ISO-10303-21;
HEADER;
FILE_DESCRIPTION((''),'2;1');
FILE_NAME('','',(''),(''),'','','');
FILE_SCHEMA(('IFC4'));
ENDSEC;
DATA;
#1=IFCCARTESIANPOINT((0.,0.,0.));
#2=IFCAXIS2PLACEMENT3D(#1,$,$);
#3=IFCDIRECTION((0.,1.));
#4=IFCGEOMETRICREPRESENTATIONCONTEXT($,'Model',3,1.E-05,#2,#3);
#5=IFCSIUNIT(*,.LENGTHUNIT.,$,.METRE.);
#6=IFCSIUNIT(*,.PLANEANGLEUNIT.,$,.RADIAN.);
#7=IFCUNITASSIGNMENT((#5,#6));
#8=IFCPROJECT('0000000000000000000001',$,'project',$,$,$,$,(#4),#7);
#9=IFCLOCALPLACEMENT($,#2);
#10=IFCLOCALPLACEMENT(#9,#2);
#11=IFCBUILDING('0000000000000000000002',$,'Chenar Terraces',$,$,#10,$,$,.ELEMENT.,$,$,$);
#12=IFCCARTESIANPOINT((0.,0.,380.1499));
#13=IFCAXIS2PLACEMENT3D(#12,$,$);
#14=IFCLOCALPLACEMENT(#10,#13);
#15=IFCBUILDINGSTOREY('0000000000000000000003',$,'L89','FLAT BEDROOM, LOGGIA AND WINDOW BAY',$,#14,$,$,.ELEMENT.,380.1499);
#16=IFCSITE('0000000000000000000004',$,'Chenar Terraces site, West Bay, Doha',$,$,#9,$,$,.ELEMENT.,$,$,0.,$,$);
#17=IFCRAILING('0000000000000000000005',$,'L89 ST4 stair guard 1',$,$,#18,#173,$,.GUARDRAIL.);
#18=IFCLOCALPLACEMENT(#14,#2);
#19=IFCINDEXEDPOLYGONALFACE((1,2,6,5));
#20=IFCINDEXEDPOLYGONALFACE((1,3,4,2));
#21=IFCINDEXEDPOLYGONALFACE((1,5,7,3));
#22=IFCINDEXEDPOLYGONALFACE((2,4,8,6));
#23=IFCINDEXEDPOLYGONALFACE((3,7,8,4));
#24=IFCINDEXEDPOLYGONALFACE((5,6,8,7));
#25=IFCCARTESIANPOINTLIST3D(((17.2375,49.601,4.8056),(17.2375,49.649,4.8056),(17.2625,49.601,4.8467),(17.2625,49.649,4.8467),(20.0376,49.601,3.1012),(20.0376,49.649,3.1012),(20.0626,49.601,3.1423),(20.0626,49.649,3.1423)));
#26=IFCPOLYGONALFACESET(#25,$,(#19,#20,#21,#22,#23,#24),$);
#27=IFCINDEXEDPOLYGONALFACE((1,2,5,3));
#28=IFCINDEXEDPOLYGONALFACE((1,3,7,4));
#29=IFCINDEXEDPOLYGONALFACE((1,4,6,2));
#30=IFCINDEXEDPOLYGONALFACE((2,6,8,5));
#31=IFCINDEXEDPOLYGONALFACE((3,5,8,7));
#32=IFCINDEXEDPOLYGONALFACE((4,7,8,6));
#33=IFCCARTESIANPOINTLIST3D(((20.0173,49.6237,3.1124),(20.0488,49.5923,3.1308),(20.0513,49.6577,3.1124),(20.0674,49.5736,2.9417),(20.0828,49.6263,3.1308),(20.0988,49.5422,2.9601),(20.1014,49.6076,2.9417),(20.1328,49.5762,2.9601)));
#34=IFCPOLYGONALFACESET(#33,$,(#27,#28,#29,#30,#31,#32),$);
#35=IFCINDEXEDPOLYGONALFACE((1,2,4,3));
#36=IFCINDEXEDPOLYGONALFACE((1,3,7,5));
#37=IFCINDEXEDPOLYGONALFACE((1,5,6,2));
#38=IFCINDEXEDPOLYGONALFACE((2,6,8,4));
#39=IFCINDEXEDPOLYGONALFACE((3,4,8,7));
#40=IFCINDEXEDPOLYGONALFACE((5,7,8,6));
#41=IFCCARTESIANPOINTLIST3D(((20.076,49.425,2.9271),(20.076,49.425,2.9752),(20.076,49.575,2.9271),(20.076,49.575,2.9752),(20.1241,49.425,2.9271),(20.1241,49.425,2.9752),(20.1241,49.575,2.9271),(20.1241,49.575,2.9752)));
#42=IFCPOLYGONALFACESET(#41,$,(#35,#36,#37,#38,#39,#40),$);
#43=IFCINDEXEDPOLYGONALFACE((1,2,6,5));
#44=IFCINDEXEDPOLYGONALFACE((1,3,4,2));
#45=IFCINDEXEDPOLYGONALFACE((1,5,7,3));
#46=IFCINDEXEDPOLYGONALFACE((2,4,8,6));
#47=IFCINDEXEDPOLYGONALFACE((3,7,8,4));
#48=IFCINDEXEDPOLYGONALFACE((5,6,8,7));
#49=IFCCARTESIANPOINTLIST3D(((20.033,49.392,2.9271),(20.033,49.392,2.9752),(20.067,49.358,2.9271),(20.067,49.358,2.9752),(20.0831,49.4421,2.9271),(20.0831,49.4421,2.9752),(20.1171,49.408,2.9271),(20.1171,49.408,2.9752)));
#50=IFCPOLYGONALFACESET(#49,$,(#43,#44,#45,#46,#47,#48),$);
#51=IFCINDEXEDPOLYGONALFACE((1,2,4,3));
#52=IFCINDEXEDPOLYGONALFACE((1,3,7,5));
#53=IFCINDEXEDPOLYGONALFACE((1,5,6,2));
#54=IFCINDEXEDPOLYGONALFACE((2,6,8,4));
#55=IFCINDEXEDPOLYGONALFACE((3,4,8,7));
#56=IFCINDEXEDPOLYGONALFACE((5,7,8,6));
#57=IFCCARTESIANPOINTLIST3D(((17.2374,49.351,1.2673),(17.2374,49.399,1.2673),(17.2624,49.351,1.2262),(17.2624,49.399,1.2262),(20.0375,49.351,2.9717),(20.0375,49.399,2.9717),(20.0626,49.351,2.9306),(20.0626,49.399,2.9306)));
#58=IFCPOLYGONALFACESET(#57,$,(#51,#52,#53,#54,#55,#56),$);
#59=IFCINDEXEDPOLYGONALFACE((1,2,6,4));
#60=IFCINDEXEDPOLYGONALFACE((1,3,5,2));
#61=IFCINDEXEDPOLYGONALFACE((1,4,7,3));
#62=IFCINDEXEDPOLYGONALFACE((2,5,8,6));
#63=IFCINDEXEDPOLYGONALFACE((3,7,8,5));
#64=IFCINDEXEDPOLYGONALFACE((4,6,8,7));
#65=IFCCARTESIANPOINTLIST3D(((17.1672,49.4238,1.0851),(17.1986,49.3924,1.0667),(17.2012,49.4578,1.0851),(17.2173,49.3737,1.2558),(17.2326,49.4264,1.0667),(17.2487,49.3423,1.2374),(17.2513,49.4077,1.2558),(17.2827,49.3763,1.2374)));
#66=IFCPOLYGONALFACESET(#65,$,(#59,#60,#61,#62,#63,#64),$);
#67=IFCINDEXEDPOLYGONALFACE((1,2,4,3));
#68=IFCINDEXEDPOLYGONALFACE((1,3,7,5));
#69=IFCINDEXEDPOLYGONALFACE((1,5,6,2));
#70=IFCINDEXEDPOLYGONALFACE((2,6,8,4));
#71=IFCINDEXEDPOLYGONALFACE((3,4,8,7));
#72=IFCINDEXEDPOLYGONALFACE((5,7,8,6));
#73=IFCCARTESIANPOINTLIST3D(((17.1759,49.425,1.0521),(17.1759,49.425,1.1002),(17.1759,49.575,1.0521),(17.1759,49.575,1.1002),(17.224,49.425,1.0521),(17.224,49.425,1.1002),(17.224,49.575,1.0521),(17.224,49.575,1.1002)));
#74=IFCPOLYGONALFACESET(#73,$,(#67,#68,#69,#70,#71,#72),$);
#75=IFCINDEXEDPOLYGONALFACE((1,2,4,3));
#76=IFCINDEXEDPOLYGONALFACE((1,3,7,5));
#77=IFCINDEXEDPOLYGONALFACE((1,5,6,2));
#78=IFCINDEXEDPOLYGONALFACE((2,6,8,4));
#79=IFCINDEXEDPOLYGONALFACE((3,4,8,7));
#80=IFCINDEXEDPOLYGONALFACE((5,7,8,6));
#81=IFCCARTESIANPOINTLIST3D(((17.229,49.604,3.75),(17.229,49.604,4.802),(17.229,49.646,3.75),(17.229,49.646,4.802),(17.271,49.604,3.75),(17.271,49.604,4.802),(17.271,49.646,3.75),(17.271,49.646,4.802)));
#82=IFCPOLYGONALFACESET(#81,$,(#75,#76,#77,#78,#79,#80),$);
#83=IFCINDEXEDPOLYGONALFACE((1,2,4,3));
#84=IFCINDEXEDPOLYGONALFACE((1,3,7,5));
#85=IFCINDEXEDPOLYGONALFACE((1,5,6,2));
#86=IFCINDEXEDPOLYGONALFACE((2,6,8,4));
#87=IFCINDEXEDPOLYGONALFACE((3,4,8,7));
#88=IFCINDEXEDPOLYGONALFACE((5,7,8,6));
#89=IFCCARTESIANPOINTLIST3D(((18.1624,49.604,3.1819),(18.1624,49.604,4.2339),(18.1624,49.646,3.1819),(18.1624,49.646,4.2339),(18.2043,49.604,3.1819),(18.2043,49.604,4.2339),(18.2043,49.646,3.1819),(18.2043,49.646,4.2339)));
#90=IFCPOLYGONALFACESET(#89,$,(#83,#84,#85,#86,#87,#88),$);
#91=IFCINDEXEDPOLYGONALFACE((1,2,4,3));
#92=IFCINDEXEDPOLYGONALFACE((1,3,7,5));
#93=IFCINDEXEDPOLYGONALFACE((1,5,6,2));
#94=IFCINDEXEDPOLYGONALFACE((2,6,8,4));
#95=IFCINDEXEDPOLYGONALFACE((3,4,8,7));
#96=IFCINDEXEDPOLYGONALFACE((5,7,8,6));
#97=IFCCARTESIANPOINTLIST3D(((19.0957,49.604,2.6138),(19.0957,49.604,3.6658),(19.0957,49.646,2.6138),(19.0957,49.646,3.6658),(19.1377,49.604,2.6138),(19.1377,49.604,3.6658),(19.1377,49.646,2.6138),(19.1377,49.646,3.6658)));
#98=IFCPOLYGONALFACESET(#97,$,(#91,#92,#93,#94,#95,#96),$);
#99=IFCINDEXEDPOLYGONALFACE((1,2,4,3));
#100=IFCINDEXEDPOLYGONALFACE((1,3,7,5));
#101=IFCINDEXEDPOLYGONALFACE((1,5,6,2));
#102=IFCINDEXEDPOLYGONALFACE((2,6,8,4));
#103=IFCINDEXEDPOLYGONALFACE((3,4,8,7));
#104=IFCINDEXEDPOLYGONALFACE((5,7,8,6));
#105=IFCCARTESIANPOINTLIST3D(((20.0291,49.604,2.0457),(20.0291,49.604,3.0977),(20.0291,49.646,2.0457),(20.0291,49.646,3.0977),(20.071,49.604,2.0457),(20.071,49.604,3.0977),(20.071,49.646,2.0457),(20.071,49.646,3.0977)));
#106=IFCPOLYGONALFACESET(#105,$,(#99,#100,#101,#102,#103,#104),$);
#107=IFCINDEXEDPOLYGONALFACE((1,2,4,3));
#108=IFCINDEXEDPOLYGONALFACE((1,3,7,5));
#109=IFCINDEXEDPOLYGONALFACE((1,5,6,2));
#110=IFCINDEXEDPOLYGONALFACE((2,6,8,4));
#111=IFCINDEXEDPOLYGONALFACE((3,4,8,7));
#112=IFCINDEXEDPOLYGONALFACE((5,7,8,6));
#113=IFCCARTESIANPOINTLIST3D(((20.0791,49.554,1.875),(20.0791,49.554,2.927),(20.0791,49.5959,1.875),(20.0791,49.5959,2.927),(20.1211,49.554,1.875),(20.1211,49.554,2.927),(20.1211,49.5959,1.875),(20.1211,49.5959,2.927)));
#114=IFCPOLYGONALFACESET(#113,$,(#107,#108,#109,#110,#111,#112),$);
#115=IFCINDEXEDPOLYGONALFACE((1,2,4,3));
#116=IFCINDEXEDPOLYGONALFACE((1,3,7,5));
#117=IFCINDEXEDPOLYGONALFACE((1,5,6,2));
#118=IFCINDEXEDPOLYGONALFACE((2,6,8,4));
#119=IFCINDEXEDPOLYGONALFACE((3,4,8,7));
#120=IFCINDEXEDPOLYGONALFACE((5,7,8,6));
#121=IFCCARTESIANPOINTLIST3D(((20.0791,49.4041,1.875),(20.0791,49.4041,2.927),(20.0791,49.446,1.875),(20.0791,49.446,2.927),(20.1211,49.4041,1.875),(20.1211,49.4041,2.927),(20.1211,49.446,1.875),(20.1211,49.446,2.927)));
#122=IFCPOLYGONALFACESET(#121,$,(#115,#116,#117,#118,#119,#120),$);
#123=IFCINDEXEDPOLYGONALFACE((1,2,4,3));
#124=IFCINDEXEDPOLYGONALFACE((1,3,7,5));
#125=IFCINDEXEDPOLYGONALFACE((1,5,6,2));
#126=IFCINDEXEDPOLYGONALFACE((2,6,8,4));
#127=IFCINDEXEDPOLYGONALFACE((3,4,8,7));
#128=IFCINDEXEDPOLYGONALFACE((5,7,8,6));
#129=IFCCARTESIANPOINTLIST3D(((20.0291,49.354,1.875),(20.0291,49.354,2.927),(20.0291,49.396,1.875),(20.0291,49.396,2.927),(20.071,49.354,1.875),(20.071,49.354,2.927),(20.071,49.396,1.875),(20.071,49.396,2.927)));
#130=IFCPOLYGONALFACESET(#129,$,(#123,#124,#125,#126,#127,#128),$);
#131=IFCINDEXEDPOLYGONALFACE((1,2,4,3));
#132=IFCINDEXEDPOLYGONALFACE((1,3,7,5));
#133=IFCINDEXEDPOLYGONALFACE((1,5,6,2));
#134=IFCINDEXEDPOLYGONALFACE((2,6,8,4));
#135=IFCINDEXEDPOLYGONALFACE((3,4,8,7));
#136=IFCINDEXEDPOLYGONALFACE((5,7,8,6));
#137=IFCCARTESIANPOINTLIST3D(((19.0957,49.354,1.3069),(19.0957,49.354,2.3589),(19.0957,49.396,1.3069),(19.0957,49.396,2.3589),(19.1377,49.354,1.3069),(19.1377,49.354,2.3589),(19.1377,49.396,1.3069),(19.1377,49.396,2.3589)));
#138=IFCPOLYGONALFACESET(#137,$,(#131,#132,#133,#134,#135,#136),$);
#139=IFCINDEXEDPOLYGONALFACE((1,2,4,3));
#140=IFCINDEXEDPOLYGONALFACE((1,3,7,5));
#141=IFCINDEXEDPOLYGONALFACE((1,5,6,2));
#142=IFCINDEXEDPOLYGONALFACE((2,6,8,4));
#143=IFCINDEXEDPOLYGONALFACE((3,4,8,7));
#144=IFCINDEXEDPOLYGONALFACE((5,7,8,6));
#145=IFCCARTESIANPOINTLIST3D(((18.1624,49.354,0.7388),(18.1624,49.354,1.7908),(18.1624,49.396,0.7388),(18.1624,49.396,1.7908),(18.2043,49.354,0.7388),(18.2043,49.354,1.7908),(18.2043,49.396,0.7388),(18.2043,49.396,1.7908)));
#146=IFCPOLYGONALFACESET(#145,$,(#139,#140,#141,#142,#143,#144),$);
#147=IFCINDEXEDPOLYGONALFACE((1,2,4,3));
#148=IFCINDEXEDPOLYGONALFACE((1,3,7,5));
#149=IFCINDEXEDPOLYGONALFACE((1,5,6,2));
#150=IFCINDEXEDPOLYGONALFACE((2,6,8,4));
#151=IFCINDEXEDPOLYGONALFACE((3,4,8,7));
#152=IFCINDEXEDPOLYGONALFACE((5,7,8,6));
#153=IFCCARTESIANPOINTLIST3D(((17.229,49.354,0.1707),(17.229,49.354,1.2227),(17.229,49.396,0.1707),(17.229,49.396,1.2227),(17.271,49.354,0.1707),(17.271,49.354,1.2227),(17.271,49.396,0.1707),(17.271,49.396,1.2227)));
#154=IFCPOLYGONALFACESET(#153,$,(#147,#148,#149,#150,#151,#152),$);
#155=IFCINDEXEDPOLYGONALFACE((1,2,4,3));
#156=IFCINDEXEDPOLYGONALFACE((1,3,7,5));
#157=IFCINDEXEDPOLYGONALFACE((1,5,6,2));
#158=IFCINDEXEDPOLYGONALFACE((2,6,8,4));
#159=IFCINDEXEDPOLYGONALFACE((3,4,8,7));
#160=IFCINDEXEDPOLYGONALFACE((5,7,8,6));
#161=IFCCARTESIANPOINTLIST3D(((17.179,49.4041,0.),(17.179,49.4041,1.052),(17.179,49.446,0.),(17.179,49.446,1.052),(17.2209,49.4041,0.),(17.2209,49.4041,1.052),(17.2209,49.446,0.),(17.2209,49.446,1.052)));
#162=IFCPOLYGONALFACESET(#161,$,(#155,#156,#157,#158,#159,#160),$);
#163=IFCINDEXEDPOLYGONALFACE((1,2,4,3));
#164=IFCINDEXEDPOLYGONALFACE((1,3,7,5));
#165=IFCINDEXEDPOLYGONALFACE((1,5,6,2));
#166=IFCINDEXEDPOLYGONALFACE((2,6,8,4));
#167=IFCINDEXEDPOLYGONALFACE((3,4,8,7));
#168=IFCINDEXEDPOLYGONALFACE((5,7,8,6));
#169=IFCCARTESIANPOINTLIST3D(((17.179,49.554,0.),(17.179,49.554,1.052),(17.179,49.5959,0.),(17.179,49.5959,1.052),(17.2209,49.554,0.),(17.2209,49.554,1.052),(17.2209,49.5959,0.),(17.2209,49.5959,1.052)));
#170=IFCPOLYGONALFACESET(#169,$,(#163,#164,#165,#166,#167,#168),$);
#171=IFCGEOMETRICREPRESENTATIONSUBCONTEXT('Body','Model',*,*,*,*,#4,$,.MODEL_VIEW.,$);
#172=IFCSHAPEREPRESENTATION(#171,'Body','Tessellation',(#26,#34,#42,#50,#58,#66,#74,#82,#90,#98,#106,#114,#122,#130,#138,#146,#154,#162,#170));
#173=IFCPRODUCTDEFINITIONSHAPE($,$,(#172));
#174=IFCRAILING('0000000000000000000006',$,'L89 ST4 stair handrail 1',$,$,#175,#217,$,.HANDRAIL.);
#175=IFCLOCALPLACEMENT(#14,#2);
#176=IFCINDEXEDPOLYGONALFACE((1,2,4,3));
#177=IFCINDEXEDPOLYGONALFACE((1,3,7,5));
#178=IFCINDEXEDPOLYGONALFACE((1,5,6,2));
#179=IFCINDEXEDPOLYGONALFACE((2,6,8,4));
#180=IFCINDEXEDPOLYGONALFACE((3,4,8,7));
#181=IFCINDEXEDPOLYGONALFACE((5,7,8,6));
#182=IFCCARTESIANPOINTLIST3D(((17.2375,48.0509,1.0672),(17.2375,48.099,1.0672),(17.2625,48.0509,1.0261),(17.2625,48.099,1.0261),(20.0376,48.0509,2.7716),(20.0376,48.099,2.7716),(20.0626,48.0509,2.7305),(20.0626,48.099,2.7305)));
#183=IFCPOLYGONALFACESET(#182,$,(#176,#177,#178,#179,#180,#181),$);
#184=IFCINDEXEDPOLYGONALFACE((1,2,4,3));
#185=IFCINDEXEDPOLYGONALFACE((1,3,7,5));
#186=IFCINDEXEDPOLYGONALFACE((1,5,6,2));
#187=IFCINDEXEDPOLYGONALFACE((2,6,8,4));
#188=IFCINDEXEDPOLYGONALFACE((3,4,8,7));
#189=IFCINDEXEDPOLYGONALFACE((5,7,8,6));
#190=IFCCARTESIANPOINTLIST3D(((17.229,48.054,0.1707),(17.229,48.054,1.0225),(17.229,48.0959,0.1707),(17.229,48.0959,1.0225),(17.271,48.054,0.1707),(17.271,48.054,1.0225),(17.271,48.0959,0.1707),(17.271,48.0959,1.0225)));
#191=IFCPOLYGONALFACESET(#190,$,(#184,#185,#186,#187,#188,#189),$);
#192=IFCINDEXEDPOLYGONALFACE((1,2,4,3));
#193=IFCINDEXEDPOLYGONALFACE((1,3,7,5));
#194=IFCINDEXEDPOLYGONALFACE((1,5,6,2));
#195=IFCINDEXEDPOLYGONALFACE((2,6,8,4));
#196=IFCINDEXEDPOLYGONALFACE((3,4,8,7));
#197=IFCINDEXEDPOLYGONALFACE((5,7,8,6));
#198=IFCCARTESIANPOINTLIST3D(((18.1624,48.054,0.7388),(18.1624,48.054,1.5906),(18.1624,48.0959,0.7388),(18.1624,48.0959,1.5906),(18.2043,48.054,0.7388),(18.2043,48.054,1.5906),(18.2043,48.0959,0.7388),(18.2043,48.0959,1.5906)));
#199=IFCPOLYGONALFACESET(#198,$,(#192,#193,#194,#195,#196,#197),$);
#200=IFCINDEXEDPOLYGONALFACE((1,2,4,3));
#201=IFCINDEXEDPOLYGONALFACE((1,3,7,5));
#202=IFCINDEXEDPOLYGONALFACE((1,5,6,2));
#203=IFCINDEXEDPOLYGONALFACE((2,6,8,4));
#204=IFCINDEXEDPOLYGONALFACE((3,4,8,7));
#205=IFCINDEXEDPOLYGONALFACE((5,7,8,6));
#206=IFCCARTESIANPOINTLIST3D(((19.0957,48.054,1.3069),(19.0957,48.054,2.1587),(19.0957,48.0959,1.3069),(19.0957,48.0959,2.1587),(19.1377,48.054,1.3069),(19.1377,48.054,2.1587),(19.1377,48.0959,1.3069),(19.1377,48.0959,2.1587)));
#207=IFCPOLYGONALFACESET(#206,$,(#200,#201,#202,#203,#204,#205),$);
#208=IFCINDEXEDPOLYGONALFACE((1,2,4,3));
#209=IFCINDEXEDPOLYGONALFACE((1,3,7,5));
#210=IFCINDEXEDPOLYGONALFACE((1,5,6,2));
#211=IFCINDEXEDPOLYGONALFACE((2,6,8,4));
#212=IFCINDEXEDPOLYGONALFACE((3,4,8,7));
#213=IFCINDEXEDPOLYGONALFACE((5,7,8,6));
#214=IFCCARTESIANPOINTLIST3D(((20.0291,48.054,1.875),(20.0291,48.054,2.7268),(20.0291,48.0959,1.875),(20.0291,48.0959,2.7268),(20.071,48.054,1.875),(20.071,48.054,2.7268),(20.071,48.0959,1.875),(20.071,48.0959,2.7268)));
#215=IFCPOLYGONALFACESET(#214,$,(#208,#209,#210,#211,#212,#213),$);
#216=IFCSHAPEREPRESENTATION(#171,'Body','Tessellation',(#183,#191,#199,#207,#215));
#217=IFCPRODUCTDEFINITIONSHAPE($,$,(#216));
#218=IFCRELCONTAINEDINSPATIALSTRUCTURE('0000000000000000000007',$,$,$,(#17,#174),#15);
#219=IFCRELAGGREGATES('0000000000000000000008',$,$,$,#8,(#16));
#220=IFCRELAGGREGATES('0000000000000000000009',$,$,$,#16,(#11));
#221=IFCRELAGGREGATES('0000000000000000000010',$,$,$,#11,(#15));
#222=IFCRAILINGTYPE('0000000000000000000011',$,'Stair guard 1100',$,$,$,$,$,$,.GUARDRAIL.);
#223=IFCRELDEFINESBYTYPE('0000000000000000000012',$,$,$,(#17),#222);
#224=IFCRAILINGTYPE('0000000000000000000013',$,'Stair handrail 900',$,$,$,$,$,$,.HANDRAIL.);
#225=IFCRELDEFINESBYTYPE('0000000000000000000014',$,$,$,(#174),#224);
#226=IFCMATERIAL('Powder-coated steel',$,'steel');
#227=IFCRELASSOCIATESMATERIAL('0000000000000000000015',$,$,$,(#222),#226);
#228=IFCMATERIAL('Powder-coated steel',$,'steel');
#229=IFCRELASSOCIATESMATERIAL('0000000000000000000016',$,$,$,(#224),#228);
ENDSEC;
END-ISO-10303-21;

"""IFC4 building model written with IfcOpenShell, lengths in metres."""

from ifc_helpers import new_model, si_unit, direction, frame, origin, origin_2d, place, context, subcontext, project, spatial, rectangle, extrude, material, type_object, element, save


model = new_model("IFC4")

# Units and contexts
model_context = context("Model", 3, precision=1e-05, world=origin(), true_north=direction((0.0, 1.0)))
body_context = subcontext(model_context, "Body", "Model", "MODEL_VIEW")
ifc_project = project(units=[si_unit("LENGTHUNIT", "METRE"), si_unit("PLANEANGLEUNIT", "RADIAN")], contexts=[model_context])

# Site, building, storey
site_placement = place(None, origin())
site = spatial("IfcSite", under=ifc_project, at=site_placement, Name="Chenar Terraces site, West Bay, Doha", CompositionType="ELEMENT", RefElevation=0.0)
building_placement = place(site_placement, origin())
building = spatial("IfcBuilding", under=site, at=building_placement, Name="Chenar Terraces", CompositionType="ELEMENT")
storey_placement = place(building_placement, frame((0.0, 0.0, 380.1499)))
storey = spatial("IfcBuildingStorey", under=building, at=storey_placement, Name="L89", Description="FLAT BEDROOM, LOGGIA AND WINDOW BAY", CompositionType="ELEMENT", Elevation=380.1499)

# Railings
ifc_material_1 = material(Name="Powder-coated steel", Category="steel")
railing_type_1 = type_object("IfcRailingType", Name="Stair guard 1100", PredefinedType="GUARDRAIL", material=ifc_material_1)
railing_1_placement = place(storey_placement, frame((17.25, 49.625, 3.75)))
element("IfcRailing", 1, at=railing_1_placement, inside=storey, type_object=railing_type_1, Name="L89 ST4 stair guard 1", PredefinedType="GUARDRAIL", context=body_context, shape_type="SweptSolid", body=[
    extrude(rectangle(XDim=0.0481, YDim=0.0481, at=origin_2d()), frame((0.0, 0.0, 1.0762), z_axis=(0.854203, 0.0, -0.51994), x_axis=(0.0, 1.0, 0.0)), (0.0, 0.0, 1.0), 3.2781),
    extrude(rectangle(XDim=0.0481, YDim=0.0481, at=origin_2d()), frame((2.8, 0.0, -0.6284), z_axis=(0.2709, -0.2709, -0.923703), x_axis=(0.707107, 0.707107, 0.0)), (0.0, 0.0, 1.0), 0.1848),
    extrude(rectangle(XDim=0.0481, YDim=0.0481, at=origin_2d()), frame((2.8501, -0.05, -0.7988), z_axis=(0.0, -1.0, 0.0), x_axis=(1.0, 0.0, 0.0)), (0.0, 0.0, 1.0), 0.1499),
    extrude(rectangle(XDim=0.0481, YDim=0.0481, at=origin_2d()), frame((2.8501, -0.2, -0.7988), z_axis=(-0.707107, -0.707107, 0.0), x_axis=(0.707107, -0.707107, 0.0)), (0.0, 0.0, 1.0), 0.0708),
    extrude(rectangle(XDim=0.0481, YDim=0.0481, at=origin_2d()), frame((2.8, -0.25, -0.7988), z_axis=(-0.854203, 0.0, -0.51994), x_axis=(0.0, -1.0, 0.0)), (0.0, 0.0, 1.0), 3.2781),
    extrude(rectangle(XDim=0.0481, YDim=0.0481, at=origin_2d()), frame((0.0, -0.25, -2.5034), z_axis=(-0.2709, 0.2709, -0.923703), x_axis=(-0.707107, -0.707107, 0.0)), (0.0, 0.0, 1.0), 0.1848),
    extrude(rectangle(XDim=0.0481, YDim=0.0481, at=origin_2d()), frame((-0.05, -0.2, -2.6738), z_axis=(0.0, 1.0, 0.0), x_axis=(-1.0, 0.0, 0.0)), (0.0, 0.0, 1.0), 0.1499),
    extrude(rectangle(XDim=0.042, YDim=0.042, at=origin_2d()), origin(), (0.0, 0.0, 1.0), 1.052),
    extrude(rectangle(XDim=0.042, YDim=0.042, at=origin_2d()), frame((0.9333, 0.0, -0.5681)), (0.0, 0.0, 1.0), 1.052),
    extrude(rectangle(XDim=0.042, YDim=0.042, at=origin_2d()), frame((1.8667, 0.0, -1.1362)), (0.0, 0.0, 1.0), 1.052),
    extrude(rectangle(XDim=0.042, YDim=0.042, at=origin_2d()), frame((2.8, 0.0, -1.7043)), (0.0, 0.0, 1.0), 1.052),
    extrude(rectangle(XDim=0.042, YDim=0.042, at=origin_2d()), frame((2.8501, -0.05, -1.875)), (0.0, 0.0, 1.0), 1.052),
    extrude(rectangle(XDim=0.042, YDim=0.042, at=origin_2d()), frame((2.8501, -0.2, -1.875)), (0.0, 0.0, 1.0), 1.052),
    extrude(rectangle(XDim=0.042, YDim=0.042, at=origin_2d()), frame((2.8, -0.25, -1.875)), (0.0, 0.0, 1.0), 1.052),
    extrude(rectangle(XDim=0.042, YDim=0.042, at=origin_2d()), frame((1.8667, -0.25, -2.4431)), (0.0, 0.0, 1.0), 1.052),
    extrude(rectangle(XDim=0.042, YDim=0.042, at=origin_2d()), frame((0.9333, -0.25, -3.0112)), (0.0, 0.0, 1.0), 1.052),
    extrude(rectangle(XDim=0.042, YDim=0.042, at=origin_2d()), frame((0.0, -0.25, -3.5793)), (0.0, 0.0, 1.0), 1.052),
    extrude(rectangle(XDim=0.042, YDim=0.042, at=origin_2d()), frame((-0.05, -0.2, -3.75)), (0.0, 0.0, 1.0), 1.052),
    extrude(rectangle(XDim=0.042, YDim=0.042, at=origin_2d()), frame((-0.05, -0.05, -3.75)), (0.0, 0.0, 1.0), 1.052),
])
ifc_material_2 = material(Name="Powder-coated steel", Category="steel")
railing_type_2 = type_object("IfcRailingType", Name="Stair handrail 900", PredefinedType="HANDRAIL", material=ifc_material_2)
railing_2_placement = place(storey_placement, frame((17.25, 48.075, 0.1707)))
element("IfcRailing", 2, at=railing_2_placement, inside=storey, type_object=railing_type_2, Name="L89 ST4 stair handrail 1", PredefinedType="HANDRAIL", context=body_context, shape_type="SweptSolid", body=[
    extrude(rectangle(XDim=0.0481, YDim=0.0481, at=origin_2d()), frame((0.0, 0.0, 0.876), z_axis=(0.854203, 0.0, 0.51994), x_axis=(0.0, 1.0, 0.0)), (0.0, 0.0, 1.0), 3.2781),
    extrude(rectangle(XDim=0.042, YDim=0.042, at=origin_2d()), origin(), (0.0, 0.0, 1.0), 0.8518),
    extrude(rectangle(XDim=0.042, YDim=0.042, at=origin_2d()), frame((0.9333, 0.0, 0.5681)), (0.0, 0.0, 1.0), 0.8518),
    extrude(rectangle(XDim=0.042, YDim=0.042, at=origin_2d()), frame((1.8667, 0.0, 1.1362)), (0.0, 0.0, 1.0), 0.8518),
    extrude(rectangle(XDim=0.042, YDim=0.042, at=origin_2d()), frame((2.8, 0.0, 1.7043)), (0.0, 0.0, 1.0), 0.8518),
])

save(model, "model.ifc")
